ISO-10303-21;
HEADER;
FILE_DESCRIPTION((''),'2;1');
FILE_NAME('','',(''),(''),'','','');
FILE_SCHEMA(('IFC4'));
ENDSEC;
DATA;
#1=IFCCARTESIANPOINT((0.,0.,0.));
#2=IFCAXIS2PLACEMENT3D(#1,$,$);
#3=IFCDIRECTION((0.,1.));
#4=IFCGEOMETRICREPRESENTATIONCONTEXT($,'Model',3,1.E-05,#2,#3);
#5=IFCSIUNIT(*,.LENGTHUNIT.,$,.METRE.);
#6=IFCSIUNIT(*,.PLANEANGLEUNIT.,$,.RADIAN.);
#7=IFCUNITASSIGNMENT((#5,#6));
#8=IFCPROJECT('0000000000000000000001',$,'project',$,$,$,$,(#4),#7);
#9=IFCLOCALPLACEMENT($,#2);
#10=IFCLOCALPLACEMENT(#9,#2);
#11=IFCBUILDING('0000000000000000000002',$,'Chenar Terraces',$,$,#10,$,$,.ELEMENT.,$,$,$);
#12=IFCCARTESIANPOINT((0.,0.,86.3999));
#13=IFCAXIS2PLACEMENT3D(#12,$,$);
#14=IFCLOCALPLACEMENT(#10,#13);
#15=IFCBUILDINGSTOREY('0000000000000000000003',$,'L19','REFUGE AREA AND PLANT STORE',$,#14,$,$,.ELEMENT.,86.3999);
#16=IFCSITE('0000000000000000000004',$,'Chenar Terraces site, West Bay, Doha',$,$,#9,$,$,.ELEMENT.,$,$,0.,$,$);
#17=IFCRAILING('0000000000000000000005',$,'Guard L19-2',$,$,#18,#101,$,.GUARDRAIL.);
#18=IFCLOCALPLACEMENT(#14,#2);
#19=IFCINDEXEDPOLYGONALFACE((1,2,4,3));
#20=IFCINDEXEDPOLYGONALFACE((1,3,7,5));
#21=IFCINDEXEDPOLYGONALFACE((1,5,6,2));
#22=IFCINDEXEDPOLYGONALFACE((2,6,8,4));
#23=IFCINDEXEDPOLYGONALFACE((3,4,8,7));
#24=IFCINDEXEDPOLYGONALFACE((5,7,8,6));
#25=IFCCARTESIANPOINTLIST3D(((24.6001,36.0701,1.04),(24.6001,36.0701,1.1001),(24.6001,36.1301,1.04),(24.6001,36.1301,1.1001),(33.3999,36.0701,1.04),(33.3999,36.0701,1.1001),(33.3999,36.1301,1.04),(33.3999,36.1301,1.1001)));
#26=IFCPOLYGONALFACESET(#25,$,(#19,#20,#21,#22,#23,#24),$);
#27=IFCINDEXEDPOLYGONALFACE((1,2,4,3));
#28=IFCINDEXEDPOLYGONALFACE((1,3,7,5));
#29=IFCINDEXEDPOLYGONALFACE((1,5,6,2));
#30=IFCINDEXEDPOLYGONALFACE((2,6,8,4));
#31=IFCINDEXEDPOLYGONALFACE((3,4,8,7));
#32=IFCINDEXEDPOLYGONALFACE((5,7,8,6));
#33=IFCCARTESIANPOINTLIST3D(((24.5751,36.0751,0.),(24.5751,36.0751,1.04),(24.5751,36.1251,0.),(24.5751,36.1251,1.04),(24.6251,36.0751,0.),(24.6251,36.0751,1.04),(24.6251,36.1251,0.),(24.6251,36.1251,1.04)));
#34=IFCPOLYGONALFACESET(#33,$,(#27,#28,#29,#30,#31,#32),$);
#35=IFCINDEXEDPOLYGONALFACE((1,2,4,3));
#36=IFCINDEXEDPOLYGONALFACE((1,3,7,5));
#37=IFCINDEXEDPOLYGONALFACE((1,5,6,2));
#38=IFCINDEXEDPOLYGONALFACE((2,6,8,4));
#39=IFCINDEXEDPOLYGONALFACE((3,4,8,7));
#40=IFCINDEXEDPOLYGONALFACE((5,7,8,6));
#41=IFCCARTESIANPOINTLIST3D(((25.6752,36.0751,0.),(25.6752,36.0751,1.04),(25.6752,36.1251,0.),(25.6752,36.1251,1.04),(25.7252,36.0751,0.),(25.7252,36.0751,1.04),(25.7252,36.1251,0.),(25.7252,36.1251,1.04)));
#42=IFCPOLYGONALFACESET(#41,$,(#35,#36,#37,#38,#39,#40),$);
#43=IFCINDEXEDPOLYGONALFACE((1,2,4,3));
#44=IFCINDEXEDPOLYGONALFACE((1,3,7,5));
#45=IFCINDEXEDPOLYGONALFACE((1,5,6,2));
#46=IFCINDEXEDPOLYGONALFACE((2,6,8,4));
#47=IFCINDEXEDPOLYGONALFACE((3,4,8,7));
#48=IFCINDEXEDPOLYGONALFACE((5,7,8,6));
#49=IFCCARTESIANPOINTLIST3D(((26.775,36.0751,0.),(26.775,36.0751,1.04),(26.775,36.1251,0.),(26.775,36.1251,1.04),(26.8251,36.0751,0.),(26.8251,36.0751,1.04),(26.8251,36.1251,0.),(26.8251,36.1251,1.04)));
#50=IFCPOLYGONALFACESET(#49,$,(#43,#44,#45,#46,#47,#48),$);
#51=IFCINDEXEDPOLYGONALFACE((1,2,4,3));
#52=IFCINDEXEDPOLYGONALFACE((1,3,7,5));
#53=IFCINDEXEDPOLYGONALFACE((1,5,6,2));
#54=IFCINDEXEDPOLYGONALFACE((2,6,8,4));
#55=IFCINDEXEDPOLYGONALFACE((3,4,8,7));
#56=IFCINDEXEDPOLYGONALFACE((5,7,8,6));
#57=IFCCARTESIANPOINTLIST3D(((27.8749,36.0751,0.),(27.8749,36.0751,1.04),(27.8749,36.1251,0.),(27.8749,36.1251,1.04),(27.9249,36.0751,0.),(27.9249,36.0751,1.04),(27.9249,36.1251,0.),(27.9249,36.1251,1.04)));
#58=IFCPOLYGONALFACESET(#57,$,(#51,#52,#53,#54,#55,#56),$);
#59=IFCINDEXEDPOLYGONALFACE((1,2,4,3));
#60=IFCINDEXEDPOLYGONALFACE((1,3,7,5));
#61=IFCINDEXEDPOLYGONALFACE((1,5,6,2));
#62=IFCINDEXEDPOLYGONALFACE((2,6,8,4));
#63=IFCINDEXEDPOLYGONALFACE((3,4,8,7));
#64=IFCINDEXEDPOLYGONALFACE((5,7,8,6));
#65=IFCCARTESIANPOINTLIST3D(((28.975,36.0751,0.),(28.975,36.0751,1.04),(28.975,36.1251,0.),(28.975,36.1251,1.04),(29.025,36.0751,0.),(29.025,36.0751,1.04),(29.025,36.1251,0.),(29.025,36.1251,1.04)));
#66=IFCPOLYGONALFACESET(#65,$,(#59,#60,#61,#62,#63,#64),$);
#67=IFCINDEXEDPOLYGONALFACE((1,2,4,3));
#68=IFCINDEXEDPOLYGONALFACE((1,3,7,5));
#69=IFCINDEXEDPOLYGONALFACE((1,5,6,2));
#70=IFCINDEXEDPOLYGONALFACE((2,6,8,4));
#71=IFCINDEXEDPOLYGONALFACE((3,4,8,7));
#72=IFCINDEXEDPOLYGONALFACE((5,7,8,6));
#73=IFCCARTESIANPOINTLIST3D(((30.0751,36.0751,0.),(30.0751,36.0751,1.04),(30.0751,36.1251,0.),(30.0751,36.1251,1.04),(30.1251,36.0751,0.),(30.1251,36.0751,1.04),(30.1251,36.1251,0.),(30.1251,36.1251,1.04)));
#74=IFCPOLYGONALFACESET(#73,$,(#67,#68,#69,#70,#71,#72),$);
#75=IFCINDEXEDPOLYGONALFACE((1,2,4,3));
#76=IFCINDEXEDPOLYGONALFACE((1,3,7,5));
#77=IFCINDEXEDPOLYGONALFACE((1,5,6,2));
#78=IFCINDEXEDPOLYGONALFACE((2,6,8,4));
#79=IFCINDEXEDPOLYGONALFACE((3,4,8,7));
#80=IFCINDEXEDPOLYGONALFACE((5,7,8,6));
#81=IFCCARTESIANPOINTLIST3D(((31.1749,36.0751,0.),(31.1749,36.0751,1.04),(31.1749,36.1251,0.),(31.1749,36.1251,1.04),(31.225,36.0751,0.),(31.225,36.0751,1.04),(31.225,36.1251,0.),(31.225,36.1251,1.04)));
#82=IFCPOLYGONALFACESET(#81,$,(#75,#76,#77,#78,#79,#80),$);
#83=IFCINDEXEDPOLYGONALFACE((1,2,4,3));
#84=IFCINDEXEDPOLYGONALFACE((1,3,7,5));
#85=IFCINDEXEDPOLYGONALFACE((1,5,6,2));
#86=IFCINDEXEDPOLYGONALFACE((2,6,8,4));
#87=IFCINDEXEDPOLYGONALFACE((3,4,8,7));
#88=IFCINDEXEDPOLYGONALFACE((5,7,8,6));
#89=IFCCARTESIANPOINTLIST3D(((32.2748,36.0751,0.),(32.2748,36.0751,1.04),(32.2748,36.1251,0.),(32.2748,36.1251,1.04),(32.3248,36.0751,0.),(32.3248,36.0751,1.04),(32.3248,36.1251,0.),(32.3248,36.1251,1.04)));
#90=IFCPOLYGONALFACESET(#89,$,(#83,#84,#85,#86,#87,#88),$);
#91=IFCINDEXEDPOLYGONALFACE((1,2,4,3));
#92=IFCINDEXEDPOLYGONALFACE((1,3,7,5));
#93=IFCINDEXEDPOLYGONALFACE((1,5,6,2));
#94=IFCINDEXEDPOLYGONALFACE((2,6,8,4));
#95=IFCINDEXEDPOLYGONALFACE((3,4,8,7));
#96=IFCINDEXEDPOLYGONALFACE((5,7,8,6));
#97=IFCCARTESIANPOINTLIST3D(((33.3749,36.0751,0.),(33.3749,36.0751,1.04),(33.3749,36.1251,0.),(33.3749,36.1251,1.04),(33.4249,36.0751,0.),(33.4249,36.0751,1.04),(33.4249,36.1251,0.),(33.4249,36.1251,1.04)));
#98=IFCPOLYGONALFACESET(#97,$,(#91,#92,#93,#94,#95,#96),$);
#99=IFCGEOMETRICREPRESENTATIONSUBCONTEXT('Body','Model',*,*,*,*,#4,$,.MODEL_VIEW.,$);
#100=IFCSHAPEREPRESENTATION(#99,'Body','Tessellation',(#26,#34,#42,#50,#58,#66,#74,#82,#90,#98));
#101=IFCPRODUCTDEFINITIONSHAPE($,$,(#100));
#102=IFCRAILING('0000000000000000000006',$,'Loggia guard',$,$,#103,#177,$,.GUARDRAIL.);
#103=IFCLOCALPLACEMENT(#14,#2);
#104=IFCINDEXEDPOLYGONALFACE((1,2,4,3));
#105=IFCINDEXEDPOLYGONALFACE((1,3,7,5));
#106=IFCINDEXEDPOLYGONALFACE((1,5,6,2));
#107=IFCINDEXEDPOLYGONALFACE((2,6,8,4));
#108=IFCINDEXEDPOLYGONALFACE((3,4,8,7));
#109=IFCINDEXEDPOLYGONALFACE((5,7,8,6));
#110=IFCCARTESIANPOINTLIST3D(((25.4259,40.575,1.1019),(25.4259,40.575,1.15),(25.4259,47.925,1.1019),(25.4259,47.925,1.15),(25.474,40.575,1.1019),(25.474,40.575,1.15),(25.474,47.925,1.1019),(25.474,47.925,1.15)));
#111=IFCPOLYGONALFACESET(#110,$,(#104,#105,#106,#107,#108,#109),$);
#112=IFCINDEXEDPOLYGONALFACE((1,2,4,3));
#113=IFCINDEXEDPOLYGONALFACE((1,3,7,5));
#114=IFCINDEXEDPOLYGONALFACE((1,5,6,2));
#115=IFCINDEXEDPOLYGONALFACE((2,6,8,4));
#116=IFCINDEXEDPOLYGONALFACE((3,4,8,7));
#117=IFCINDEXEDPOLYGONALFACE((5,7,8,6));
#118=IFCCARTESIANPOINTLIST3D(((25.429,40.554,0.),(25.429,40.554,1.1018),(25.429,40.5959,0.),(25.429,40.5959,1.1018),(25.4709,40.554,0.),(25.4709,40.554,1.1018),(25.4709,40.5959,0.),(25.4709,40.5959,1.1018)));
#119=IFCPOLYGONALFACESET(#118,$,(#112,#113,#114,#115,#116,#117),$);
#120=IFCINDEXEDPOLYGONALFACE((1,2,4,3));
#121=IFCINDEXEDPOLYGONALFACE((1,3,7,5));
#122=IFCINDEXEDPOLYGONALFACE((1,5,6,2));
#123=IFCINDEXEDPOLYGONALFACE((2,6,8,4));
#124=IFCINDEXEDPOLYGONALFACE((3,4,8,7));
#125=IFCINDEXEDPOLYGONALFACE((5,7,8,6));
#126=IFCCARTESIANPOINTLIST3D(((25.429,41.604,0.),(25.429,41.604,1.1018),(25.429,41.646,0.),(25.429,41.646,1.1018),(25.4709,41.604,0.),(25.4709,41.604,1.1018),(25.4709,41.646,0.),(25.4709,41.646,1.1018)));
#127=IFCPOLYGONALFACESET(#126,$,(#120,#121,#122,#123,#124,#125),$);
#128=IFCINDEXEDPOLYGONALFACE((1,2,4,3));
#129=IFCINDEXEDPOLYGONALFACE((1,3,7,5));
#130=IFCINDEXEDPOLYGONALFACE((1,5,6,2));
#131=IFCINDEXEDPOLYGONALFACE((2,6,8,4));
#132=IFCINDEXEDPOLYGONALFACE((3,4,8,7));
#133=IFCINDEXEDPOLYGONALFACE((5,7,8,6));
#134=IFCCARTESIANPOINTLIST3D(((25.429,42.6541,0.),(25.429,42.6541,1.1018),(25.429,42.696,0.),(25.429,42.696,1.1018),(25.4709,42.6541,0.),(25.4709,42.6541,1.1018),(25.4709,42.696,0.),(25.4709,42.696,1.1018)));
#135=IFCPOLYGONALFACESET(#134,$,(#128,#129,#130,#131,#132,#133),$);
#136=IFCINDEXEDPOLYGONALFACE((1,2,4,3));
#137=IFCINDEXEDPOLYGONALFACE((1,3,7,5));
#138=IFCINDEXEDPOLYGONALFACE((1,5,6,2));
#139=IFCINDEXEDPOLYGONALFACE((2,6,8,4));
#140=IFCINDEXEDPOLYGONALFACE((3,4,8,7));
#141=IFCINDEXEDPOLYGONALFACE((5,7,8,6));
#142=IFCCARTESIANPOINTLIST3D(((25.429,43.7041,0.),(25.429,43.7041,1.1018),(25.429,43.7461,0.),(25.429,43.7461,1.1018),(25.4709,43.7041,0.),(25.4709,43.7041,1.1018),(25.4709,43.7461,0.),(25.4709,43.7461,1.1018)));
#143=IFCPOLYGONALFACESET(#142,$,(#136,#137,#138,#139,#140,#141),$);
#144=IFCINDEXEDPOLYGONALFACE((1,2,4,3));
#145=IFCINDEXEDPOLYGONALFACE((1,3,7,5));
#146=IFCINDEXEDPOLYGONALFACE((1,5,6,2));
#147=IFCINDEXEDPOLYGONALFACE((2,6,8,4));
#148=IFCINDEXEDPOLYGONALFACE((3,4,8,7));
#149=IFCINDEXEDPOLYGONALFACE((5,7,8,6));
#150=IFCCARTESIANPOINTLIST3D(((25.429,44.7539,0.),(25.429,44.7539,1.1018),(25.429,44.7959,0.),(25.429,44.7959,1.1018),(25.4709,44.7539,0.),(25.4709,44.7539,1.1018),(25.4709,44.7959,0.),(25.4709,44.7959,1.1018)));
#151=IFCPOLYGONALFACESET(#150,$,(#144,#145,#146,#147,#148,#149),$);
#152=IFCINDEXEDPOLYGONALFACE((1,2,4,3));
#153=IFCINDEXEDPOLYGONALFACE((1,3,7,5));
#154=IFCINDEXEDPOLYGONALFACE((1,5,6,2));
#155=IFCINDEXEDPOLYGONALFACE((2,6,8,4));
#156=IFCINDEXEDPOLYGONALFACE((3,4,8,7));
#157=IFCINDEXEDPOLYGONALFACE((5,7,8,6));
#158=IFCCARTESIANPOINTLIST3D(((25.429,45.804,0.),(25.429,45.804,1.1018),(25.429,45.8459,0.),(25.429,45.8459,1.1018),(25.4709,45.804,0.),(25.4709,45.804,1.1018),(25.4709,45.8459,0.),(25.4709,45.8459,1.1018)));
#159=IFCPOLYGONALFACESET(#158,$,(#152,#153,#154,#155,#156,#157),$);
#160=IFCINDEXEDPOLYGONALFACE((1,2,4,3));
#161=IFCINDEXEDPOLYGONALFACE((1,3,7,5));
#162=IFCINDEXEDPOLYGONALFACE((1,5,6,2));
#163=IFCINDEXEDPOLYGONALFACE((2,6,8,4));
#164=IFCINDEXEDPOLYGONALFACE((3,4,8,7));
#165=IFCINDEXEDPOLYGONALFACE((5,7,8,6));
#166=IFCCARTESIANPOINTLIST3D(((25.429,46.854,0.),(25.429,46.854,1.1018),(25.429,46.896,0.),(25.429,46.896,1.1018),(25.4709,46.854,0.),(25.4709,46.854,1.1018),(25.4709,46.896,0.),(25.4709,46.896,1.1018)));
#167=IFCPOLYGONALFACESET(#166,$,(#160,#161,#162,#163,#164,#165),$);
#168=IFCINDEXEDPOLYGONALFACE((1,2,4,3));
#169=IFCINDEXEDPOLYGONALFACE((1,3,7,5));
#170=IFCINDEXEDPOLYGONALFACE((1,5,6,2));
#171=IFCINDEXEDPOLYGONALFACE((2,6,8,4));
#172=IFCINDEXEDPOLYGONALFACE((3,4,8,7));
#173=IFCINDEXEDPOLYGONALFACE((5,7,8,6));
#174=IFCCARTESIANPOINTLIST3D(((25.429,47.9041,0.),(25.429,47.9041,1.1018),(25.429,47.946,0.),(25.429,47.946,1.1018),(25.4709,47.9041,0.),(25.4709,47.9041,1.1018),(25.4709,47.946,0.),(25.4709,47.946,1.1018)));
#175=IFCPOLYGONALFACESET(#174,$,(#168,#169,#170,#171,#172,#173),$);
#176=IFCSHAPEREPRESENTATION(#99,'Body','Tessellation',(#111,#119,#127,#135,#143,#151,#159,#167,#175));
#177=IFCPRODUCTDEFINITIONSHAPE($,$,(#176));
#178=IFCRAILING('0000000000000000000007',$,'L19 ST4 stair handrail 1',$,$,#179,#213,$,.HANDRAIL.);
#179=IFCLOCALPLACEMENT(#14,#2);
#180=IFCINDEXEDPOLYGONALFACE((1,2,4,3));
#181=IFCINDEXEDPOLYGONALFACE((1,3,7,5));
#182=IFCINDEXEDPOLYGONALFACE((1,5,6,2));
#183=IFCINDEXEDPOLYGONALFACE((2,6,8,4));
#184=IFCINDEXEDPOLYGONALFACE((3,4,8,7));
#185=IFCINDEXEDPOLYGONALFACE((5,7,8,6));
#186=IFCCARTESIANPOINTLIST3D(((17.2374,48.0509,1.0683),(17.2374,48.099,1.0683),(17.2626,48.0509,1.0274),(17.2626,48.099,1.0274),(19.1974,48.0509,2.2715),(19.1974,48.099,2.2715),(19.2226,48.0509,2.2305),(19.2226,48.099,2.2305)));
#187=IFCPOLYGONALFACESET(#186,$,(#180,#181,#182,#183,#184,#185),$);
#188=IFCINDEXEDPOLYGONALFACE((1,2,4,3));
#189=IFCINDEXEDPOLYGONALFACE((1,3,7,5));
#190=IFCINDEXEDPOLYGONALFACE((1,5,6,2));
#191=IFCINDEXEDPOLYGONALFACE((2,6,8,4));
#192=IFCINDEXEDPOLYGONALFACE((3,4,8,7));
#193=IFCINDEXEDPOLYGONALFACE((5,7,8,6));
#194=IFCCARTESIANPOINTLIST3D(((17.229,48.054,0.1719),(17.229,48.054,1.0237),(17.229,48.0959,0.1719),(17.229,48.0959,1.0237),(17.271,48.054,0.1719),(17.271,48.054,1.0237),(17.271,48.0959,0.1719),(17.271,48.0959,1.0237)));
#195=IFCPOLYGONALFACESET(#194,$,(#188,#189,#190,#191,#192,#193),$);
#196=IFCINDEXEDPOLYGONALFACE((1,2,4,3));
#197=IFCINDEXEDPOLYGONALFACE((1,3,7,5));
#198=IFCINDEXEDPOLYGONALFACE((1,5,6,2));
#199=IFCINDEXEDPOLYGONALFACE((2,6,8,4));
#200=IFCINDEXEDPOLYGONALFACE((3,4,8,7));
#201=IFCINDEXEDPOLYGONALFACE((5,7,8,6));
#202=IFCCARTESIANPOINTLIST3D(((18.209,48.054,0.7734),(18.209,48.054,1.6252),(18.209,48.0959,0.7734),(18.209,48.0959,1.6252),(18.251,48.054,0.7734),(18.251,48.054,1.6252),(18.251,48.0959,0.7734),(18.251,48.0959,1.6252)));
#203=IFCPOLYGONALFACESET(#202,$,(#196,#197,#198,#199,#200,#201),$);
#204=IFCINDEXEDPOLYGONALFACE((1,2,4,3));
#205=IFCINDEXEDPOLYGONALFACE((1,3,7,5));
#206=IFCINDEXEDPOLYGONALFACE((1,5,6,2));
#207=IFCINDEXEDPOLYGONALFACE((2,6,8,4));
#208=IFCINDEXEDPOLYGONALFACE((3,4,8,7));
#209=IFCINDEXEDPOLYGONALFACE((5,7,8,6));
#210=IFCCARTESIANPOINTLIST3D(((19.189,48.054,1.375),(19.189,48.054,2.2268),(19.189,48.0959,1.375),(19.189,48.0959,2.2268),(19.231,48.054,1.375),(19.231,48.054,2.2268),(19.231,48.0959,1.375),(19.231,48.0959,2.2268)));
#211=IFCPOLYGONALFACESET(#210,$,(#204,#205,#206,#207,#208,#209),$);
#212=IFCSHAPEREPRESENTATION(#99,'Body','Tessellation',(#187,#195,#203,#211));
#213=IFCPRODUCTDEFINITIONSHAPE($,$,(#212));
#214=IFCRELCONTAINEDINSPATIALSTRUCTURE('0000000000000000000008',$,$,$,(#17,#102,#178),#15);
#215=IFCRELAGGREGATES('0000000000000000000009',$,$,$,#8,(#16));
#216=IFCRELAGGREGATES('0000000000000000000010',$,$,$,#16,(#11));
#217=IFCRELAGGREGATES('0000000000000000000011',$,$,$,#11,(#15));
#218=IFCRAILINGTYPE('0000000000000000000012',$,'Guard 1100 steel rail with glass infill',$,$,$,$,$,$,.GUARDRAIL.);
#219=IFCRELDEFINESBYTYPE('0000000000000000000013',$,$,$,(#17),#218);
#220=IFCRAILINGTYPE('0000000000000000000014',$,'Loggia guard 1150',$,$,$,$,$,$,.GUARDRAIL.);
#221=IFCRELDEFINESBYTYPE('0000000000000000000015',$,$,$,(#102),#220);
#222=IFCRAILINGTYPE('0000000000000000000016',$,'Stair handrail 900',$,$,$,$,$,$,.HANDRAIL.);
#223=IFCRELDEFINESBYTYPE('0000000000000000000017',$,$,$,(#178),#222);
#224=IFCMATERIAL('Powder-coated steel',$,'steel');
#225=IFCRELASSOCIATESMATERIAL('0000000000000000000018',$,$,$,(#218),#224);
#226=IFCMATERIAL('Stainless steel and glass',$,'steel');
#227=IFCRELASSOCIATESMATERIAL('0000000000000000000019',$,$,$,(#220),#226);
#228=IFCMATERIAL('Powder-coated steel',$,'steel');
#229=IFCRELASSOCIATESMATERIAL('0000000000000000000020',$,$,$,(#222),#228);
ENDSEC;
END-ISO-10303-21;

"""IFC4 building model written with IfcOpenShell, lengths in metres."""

from ifc_helpers import new_model, si_unit, direction, frame, origin, origin_2d, place, context, subcontext, project, spatial, rectangle, extrude, material, type_object, element, save


model = new_model("IFC4")

# Units and contexts
model_context = context("Model", 3, precision=1e-05, world=origin(), true_north=direction((0.0, 1.0)))
body_context = subcontext(model_context, "Body", "Model", "MODEL_VIEW")
ifc_project = project(units=[si_unit("LENGTHUNIT", "METRE"), si_unit("PLANEANGLEUNIT", "RADIAN")], contexts=[model_context])

# Site, building, storey
site_placement = place(None, origin())
site = spatial("IfcSite", under=ifc_project, at=site_placement, Name="Chenar Terraces site, West Bay, Doha", CompositionType="ELEMENT", RefElevation=0.0)
building_placement = place(site_placement, origin())
building = spatial("IfcBuilding", under=site, at=building_placement, Name="Chenar Terraces", CompositionType="ELEMENT")
storey_placement = place(building_placement, frame((0.0, 0.0, 86.3999)))
storey = spatial("IfcBuildingStorey", under=building, at=storey_placement, Name="L19", Description="REFUGE AREA AND PLANT STORE", CompositionType="ELEMENT", Elevation=86.3999)

# Railings
ifc_material_1 = material(Name="Powder-coated steel", Category="steel")
railing_type_1 = type_object("IfcRailingType", Name="Guard 1100 steel rail with glass infill", PredefinedType="GUARDRAIL", material=ifc_material_1)
railing_1_placement = place(storey_placement, frame((24.6001, 36.1001, 0.0)))
element("IfcRailing", 1, at=railing_1_placement, inside=storey, type_object=railing_type_1, Name="Guard L19-2", PredefinedType="GUARDRAIL", context=body_context, shape_type="SweptSolid", body=[
    extrude(rectangle(XDim=0.0601, YDim=0.0601, at=origin_2d()), frame((0.0, 0.0, 1.0701), z_axis=(1.0, 0.0, 0.0), x_axis=(0.0, 1.0, 0.0)), (0.0, 0.0, 1.0), 8.7998),
    extrude(rectangle(XDim=0.05, YDim=0.05, at=origin_2d()), origin(), (0.0, 0.0, 1.0), 1.04),
    extrude(rectangle(XDim=0.05, YDim=0.05, at=origin_2d()), frame((1.1001, 0.0, 0.0)), (0.0, 0.0, 1.0), 1.04),
    extrude(rectangle(XDim=0.05, YDim=0.05, at=origin_2d()), frame((2.2, 0.0, 0.0)), (0.0, 0.0, 1.0), 1.04),
    extrude(rectangle(XDim=0.05, YDim=0.05, at=origin_2d()), frame((3.2998, 0.0, 0.0)), (0.0, 0.0, 1.0), 1.04),
    extrude(rectangle(XDim=0.05, YDim=0.05, at=origin_2d()), frame((4.3999, 0.0, 0.0)), (0.0, 0.0, 1.0), 1.04),
    extrude(rectangle(XDim=0.05, YDim=0.05, at=origin_2d()), frame((5.5, 0.0, 0.0)), (0.0, 0.0, 1.0), 1.04),
    extrude(rectangle(XDim=0.05, YDim=0.05, at=origin_2d()), frame((6.5999, 0.0, 0.0)), (0.0, 0.0, 1.0), 1.04),
    extrude(rectangle(XDim=0.05, YDim=0.05, at=origin_2d()), frame((7.6997, 0.0, 0.0)), (0.0, 0.0, 1.0), 1.04),
    extrude(rectangle(XDim=0.05, YDim=0.05, at=origin_2d()), frame((8.7998, 0.0, 0.0)), (0.0, 0.0, 1.0), 1.04),
])
ifc_material_2 = material(Name="Stainless steel and glass", Category="steel")
railing_type_2 = type_object("IfcRailingType", Name="Loggia guard 1150", PredefinedType="GUARDRAIL", material=ifc_material_2)
railing_2_placement = place(storey_placement, frame((25.45, 40.575, 0.0)))
element("IfcRailing", 2, at=railing_2_placement, inside=storey, type_object=railing_type_2, Name="Loggia guard", PredefinedType="GUARDRAIL", context=body_context, shape_type="SweptSolid", body=[
    extrude(rectangle(XDim=0.0481, YDim=0.0481, at=origin_2d()), frame((0.0, 0.0, 1.126), z_axis=(0.0, 1.0, 0.0), x_axis=(-1.0, 0.0, 0.0)), (0.0, 0.0, 1.0), 7.3501),
    extrude(rectangle(XDim=0.042, YDim=0.042, at=origin_2d()), origin(), (0.0, 0.0, 1.0), 1.1018),
    extrude(rectangle(XDim=0.042, YDim=0.042, at=origin_2d()), frame((0.0, 1.05, 0.0)), (0.0, 0.0, 1.0), 1.1018),
    extrude(rectangle(XDim=0.042, YDim=0.042, at=origin_2d()), frame((0.0, 2.1001, 0.0)), (0.0, 0.0, 1.0), 1.1018),
    extrude(rectangle(XDim=0.042, YDim=0.042, at=origin_2d()), frame((0.0, 3.1501, 0.0)), (0.0, 0.0, 1.0), 1.1018),
    extrude(rectangle(XDim=0.042, YDim=0.042, at=origin_2d()), frame((0.0, 4.2, 0.0)), (0.0, 0.0, 1.0), 1.1018),
    extrude(rectangle(XDim=0.042, YDim=0.042, at=origin_2d()), frame((0.0, 5.25, 0.0)), (0.0, 0.0, 1.0), 1.1018),
    extrude(rectangle(XDim=0.042, YDim=0.042, at=origin_2d()), frame((0.0, 6.3, 0.0)), (0.0, 0.0, 1.0), 1.1018),
    extrude(rectangle(XDim=0.042, YDim=0.042, at=origin_2d()), frame((0.0, 7.3501, 0.0)), (0.0, 0.0, 1.0), 1.1018),
])
ifc_material_3 = material(Name="Powder-coated steel", Category="steel")
railing_type_3 = type_object("IfcRailingType", Name="Stair handrail 900", PredefinedType="HANDRAIL", material=ifc_material_3)
for number, where, name in (
    (3, (17.25, 48.075, 0.1719), "L19 ST4 stair handrail 1"),
):
    element("IfcRailing", number, at=place(storey_placement, frame(where)), inside=storey, type_object=railing_type_3, Name=name, PredefinedType="HANDRAIL", context=body_context, shape_type="SweptSolid", body=[
        extrude(rectangle(XDim=0.0481, YDim=0.0481, at=origin_2d()), frame((0.0, 0.0, 0.876), z_axis=(0.852241, 0.0, 0.523149), x_axis=(0.0, 1.0, 0.0)), (0.0, 0.0, 1.0), 2.2998),
        extrude(rectangle(XDim=0.042, YDim=0.042, at=origin_2d()), origin(), (0.0, 0.0, 1.0), 0.8518),
        extrude(rectangle(XDim=0.042, YDim=0.042, at=origin_2d()), frame((0.98, 0.0, 0.6016)), (0.0, 0.0, 1.0), 0.8518),
        extrude(rectangle(XDim=0.042, YDim=0.042, at=origin_2d()), frame((1.96, 0.0, 1.2031)), (0.0, 0.0, 1.0), 0.8518),
    ])

save(model, "model.ifc")
